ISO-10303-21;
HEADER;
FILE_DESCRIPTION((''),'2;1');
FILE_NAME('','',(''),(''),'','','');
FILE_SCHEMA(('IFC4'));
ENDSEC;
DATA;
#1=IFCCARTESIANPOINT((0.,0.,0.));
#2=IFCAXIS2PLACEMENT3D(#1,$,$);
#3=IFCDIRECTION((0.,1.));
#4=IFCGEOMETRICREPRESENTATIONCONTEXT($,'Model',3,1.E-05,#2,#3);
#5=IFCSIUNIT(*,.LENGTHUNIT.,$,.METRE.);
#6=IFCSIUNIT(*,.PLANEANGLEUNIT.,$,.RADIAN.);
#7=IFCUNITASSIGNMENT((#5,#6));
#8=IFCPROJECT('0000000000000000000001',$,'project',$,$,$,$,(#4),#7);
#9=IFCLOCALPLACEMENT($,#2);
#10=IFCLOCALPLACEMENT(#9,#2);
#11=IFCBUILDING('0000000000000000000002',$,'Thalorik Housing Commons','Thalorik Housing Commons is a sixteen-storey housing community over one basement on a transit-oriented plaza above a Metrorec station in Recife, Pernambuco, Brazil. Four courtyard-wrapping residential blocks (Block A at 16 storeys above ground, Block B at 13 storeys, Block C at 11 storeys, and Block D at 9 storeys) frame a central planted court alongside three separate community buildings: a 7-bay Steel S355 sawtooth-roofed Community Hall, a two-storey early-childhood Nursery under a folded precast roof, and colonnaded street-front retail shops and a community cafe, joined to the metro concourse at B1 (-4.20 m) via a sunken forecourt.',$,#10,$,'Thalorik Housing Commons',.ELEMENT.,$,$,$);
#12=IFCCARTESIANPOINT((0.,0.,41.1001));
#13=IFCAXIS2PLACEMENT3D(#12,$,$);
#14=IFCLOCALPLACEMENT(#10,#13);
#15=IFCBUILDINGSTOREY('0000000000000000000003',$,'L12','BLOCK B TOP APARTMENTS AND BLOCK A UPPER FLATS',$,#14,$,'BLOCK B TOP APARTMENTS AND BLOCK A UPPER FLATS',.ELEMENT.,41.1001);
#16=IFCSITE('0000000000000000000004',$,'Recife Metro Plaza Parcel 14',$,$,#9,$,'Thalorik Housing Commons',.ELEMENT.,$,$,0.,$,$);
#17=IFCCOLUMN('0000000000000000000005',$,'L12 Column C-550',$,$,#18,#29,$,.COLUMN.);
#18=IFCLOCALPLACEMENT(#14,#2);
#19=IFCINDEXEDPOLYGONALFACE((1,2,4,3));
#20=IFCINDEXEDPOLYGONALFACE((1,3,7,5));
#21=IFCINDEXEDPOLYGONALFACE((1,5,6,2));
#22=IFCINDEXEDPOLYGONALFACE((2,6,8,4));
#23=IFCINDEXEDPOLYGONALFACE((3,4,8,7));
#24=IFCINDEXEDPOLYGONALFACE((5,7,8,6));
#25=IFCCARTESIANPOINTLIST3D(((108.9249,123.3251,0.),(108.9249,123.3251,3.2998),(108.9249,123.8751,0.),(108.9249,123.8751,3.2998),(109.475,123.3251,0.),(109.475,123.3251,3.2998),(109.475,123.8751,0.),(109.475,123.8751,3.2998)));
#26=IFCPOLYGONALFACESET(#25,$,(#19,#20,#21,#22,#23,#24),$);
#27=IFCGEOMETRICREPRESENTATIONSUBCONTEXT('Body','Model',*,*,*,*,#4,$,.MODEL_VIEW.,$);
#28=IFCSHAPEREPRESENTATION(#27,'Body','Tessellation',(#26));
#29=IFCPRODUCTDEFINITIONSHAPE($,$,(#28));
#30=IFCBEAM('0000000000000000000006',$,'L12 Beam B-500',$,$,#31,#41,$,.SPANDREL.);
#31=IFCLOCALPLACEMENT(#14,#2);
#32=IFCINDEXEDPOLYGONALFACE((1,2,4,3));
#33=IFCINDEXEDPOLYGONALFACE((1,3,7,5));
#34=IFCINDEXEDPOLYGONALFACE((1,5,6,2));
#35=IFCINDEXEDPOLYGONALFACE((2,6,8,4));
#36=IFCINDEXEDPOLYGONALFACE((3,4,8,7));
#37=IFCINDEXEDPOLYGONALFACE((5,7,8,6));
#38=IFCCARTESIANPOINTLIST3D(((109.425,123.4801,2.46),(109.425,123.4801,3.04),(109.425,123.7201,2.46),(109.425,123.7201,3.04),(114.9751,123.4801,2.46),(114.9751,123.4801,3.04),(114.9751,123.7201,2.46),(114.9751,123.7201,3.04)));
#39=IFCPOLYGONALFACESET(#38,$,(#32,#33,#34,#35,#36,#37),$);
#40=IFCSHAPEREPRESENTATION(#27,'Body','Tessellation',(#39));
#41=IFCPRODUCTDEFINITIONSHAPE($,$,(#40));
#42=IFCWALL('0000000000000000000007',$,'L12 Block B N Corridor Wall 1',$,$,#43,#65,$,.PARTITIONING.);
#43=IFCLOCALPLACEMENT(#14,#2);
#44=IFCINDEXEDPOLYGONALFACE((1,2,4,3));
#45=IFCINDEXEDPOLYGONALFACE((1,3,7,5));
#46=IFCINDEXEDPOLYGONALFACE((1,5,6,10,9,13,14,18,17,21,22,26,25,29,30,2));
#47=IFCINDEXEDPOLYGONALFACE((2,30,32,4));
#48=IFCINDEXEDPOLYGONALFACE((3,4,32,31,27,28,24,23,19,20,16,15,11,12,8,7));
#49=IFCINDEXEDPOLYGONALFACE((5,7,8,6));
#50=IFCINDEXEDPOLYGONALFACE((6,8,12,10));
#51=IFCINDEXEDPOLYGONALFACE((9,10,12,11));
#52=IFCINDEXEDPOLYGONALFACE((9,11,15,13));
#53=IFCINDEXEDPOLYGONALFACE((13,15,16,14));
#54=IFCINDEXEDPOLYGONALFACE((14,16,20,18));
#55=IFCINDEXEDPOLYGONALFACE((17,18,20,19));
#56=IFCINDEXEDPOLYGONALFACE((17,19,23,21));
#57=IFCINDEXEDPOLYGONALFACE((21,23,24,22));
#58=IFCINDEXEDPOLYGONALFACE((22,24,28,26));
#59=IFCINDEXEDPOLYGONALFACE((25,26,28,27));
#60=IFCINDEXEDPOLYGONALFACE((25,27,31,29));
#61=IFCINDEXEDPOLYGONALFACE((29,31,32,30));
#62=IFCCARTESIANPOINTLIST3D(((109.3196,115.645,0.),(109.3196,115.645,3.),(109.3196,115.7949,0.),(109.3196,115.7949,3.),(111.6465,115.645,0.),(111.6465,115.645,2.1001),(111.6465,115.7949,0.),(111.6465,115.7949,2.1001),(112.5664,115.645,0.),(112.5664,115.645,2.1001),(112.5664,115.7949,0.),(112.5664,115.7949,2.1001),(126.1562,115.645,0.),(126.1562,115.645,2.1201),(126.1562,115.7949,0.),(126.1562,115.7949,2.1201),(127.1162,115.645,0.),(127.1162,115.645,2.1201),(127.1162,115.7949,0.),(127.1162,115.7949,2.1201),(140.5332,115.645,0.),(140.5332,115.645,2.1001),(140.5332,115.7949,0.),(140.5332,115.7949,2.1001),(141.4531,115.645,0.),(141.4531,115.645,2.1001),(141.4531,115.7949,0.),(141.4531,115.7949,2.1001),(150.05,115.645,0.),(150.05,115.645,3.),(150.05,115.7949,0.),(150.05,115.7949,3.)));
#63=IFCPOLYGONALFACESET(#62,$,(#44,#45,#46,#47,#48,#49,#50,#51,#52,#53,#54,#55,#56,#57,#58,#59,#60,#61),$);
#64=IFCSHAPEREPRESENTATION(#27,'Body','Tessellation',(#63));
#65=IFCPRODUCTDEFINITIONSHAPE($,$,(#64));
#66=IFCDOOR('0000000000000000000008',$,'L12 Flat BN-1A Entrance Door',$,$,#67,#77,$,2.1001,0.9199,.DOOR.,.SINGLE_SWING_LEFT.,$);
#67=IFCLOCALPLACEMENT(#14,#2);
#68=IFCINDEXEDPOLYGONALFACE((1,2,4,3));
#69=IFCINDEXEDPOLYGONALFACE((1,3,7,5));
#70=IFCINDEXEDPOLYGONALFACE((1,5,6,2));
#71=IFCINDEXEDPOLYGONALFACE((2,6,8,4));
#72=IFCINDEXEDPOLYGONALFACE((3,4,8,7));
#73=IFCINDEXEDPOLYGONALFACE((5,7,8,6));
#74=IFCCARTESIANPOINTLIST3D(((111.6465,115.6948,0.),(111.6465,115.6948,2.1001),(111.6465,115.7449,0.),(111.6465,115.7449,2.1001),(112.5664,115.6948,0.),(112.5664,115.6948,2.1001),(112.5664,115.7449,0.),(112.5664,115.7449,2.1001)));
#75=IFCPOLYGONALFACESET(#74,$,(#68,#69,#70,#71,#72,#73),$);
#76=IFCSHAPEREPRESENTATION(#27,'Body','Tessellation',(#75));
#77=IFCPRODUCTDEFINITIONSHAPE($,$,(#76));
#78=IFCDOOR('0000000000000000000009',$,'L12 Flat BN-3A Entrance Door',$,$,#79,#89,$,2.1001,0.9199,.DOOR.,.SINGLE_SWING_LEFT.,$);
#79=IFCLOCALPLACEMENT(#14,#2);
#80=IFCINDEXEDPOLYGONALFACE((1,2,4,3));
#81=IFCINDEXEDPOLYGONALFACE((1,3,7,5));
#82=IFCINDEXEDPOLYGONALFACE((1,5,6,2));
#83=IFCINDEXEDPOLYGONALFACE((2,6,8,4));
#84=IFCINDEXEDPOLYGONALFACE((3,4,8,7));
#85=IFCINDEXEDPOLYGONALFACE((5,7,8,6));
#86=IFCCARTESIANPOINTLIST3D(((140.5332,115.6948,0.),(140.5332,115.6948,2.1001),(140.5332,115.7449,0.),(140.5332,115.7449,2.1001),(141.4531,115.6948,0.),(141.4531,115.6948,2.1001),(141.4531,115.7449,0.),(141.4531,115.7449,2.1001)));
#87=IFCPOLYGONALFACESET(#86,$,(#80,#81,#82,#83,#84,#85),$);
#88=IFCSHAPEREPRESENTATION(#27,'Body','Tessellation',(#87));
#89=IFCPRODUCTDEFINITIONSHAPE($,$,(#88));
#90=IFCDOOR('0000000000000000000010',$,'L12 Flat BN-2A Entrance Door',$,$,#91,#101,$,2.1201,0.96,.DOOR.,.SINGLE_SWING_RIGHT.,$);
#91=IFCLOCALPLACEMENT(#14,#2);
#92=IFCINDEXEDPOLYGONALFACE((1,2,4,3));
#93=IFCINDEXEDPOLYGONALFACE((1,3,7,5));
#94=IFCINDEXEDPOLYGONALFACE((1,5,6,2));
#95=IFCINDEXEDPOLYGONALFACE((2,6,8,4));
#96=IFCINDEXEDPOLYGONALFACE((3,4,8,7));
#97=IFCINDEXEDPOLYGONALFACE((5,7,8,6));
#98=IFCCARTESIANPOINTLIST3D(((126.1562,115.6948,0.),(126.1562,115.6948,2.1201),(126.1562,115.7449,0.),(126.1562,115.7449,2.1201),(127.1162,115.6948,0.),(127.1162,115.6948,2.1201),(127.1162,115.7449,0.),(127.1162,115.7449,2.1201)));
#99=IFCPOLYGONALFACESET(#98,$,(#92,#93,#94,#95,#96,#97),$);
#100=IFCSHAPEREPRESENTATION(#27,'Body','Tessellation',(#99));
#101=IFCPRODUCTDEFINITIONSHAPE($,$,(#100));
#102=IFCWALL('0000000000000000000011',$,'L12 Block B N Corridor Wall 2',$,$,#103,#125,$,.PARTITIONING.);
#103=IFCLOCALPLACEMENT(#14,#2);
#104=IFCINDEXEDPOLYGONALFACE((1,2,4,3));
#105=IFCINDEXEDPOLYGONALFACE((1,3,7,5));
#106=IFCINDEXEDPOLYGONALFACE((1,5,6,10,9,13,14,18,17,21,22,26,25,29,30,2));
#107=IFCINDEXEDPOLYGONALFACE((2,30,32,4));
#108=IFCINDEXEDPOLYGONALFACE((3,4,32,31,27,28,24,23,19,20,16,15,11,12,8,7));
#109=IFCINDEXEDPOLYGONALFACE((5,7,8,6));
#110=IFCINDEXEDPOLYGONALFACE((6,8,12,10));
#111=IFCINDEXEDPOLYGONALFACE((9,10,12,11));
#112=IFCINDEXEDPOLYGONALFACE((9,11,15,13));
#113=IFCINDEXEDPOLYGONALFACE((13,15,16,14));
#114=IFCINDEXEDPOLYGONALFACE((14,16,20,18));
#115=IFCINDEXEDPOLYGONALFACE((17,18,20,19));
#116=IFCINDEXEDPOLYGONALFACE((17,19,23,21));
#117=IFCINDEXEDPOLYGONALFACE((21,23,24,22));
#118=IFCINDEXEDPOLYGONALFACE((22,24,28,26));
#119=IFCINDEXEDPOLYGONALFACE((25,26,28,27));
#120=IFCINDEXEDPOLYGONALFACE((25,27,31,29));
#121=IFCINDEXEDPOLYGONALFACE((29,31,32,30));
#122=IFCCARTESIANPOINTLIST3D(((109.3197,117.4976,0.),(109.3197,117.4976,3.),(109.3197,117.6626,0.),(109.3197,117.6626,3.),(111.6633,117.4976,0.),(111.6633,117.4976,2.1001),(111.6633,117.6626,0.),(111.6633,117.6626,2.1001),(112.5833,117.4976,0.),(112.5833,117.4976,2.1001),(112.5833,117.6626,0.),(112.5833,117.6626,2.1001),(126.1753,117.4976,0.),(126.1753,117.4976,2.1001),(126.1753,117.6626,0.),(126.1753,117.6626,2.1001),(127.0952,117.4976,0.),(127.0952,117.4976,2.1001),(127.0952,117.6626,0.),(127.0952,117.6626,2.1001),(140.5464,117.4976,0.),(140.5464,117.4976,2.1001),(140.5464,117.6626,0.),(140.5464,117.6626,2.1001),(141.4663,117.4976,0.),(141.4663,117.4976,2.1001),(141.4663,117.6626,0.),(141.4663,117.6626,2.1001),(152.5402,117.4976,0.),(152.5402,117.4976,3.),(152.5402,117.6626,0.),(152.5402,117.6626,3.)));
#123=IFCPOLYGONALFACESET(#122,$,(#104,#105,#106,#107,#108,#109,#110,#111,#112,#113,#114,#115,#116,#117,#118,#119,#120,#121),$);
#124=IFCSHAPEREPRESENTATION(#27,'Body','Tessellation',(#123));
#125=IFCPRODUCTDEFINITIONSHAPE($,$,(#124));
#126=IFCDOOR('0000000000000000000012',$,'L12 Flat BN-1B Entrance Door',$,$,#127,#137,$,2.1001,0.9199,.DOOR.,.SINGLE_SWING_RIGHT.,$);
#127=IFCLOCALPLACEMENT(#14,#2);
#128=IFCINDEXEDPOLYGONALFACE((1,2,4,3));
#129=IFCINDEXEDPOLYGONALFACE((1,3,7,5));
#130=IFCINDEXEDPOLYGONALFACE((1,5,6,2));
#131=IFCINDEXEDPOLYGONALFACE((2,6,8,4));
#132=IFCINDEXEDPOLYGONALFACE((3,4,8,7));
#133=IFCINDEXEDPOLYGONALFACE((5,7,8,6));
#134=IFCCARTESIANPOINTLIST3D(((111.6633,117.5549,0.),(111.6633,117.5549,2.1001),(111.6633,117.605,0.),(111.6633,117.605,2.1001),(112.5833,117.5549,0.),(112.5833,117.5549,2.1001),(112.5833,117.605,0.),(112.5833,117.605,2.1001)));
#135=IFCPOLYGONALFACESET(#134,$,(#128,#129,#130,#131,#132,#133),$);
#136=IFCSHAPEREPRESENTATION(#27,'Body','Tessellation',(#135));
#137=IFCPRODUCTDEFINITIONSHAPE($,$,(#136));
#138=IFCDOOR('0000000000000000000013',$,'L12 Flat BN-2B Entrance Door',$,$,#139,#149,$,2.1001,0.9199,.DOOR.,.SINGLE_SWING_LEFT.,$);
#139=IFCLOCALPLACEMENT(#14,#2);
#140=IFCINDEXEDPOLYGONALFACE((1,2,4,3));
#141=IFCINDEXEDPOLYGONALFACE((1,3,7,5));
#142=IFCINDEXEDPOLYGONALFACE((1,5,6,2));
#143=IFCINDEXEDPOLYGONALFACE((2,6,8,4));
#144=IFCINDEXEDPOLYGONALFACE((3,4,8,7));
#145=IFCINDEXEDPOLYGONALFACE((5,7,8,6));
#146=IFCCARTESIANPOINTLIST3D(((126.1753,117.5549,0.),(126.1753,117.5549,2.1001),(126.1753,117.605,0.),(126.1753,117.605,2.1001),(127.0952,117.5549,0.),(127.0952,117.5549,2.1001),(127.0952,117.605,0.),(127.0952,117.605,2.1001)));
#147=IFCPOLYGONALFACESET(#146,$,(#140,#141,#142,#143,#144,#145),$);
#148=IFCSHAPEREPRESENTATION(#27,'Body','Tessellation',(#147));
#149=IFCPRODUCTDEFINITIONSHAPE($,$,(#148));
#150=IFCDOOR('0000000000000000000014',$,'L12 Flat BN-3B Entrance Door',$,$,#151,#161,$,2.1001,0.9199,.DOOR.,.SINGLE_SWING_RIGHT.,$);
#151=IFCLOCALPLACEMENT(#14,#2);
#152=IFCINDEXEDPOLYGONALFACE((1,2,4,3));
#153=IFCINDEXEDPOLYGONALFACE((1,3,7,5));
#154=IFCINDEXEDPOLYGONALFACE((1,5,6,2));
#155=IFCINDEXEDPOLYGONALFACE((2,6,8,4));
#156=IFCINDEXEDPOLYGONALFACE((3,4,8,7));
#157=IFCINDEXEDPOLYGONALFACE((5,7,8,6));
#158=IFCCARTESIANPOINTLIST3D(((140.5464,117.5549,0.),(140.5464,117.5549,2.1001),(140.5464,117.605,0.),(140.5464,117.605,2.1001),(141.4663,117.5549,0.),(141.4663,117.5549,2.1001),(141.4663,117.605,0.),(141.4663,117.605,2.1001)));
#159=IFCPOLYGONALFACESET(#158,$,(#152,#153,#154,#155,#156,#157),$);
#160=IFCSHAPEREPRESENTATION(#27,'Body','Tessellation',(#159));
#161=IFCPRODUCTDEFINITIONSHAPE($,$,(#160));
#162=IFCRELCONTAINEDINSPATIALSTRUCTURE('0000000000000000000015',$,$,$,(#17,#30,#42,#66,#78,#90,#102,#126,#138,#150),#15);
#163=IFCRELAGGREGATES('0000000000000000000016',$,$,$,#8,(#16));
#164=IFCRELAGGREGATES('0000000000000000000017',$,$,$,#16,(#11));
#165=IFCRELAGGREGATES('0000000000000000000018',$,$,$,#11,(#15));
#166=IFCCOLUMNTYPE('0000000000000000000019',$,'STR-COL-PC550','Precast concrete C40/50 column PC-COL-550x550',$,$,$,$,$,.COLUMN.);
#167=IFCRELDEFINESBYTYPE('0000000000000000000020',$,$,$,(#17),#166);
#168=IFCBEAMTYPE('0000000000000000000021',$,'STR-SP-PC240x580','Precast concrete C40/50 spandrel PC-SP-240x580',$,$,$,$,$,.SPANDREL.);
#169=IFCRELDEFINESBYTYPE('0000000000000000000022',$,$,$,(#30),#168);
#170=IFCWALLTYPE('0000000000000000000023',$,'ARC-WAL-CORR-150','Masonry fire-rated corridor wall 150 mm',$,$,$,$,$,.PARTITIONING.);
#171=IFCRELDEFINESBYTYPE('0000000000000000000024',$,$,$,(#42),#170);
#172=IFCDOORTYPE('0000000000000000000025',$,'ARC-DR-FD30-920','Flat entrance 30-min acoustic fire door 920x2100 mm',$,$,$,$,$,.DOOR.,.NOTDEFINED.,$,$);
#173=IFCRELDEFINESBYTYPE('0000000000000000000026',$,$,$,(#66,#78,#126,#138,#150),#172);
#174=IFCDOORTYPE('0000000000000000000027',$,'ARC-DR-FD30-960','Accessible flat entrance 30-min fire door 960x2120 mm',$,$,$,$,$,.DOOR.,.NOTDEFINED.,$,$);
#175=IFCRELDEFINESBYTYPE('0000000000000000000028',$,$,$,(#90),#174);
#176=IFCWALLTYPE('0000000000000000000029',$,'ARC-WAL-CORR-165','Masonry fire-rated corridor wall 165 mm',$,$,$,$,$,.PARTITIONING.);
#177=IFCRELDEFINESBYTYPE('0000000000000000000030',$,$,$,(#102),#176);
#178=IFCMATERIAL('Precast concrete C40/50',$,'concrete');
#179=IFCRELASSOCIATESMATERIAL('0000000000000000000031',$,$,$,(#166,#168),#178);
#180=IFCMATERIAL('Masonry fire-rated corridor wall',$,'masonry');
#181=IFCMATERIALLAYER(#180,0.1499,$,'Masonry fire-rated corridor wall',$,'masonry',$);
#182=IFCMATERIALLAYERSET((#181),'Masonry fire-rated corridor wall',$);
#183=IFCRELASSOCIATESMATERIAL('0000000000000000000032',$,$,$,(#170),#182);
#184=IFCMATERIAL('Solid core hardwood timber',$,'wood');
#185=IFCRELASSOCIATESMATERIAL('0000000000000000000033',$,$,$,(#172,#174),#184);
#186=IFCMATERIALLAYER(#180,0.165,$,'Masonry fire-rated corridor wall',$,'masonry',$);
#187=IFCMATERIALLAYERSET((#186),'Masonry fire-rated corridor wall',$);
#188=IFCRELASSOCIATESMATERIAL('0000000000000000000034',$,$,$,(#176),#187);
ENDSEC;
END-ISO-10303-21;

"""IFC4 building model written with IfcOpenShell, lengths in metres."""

from ifc_helpers import new_model, si_unit, direction, frame, frame_2d, origin, origin_2d, place, context, subcontext, project, spatial, rectangle, extrude, material, layer, layer_set, material_profile, profile_set, type_object, element, fill, save


model = new_model("IFC4")

# Units and contexts
model_context = context("Model", 3, precision=1e-05, world=origin(), true_north=direction((0.0, 1.0)))
body_context = subcontext(model_context, "Body", "Model", "MODEL_VIEW")
ifc_project = project(units=[si_unit("LENGTHUNIT", "METRE"), si_unit("PLANEANGLEUNIT", "RADIAN")], contexts=[model_context])

# Site, building, storey
site_placement = place(None, origin())
site = spatial("IfcSite", under=ifc_project, at=site_placement, Name="Recife Metro Plaza Parcel 14", LongName="Thalorik Housing Commons", CompositionType="ELEMENT", RefElevation=0.0)
building_placement = place(site_placement, origin())
building = spatial("IfcBuilding", under=site, at=building_placement, Name="Thalorik Housing Commons", Description="Thalorik Housing Commons is a sixteen-storey housing community over one basement on a transit-oriented plaza above a Metrorec station in Recife, Pernambuco, Brazil. Four courtyard-wrapping residential blocks (Block A at 16 storeys above ground, Block B at 13 storeys, Block C at 11 storeys, and Block D at 9 storeys) frame a central planted court alongside three separate community buildings: a 7-bay Steel S355 sawtooth-roofed Community Hall, a two-storey early-childhood Nursery under a folded precast roof, and colonnaded street-front retail shops and a community cafe, joined to the metro concourse at B1 (-4.20 m) via a sunken forecourt.", LongName="Thalorik Housing Commons", CompositionType="ELEMENT")
storey_placement = place(building_placement, frame((0.0, 0.0, 41.1001)))
storey = spatial("IfcBuildingStorey", under=building, at=storey_placement, Name="L12", Description="BLOCK B TOP APARTMENTS AND BLOCK A UPPER FLATS", LongName="BLOCK B TOP APARTMENTS AND BLOCK A UPPER FLATS", CompositionType="ELEMENT", Elevation=41.1001)

# Column
ifc_material_1 = material(Name="Precast concrete C40/50", Category="concrete")
ifc_material_profile_1 = material_profile(ifc_material_1, rectangle(XDim=0.55, YDim=0.55, at=origin_2d()), Name="PC 550x550", Category="concrete")
ifc_profile_set_1 = profile_set([ifc_material_profile_1], Name="Precast concrete C40/50")
column_type = type_object("IfcColumnType", Name="STR-COL-PC550", Description="Precast concrete C40/50 column PC-COL-550x550", PredefinedType="COLUMN", material=ifc_profile_set_1)
column_placement = place(storey_placement, frame((109.2, 123.6001, 0.0), z_axis=(0.0, 0.0, 1.0), x_axis=(1.0, 0.0, 0.0)))
element("IfcColumn", 1, at=column_placement, inside=storey, type_object=column_type, Name="L12 Column C-550", PredefinedType="COLUMN", context=body_context, shape_type="SweptSolid", body=[
    extrude(rectangle(XDim=0.55, YDim=0.55, at=origin_2d()), origin(), (0.0, 0.0, 1.0), 3.2998),
])

# Beam
ifc_material_profile_2 = material_profile(ifc_material_1, rectangle(XDim=0.24, YDim=0.5801, at=origin_2d()), Name="PC SP 240x580", Category="concrete")
ifc_profile_set_2 = profile_set([ifc_material_profile_2], Name="Precast concrete C40/50")
beam_type = type_object("IfcBeamType", Name="STR-SP-PC240x580", Description="Precast concrete C40/50 spandrel PC-SP-240x580", PredefinedType="SPANDREL", material=ifc_profile_set_2)
beam_placement = place(storey_placement, frame((109.425, 123.6001, 2.75), z_axis=(1.0, 0.0, 0.0), x_axis=(0.0, 1.0, 0.0)))
element("IfcBeam", 2, at=beam_placement, inside=storey, type_object=beam_type, Name="L12 Beam B-500", PredefinedType="SPANDREL", context=body_context, shape_type="SweptSolid", body=[
    extrude(rectangle(XDim=0.24, YDim=0.5801, at=origin_2d()), origin(), (0.0, 0.0, 1.0), 5.55),
])

# Walls, openings, doors
ifc_material_2 = material(Name="Masonry fire-rated corridor wall", Category="masonry")
ifc_layer_1 = layer(ifc_material_2, 0.1499, Name="Masonry fire-rated corridor wall", Category="masonry")
ifc_layer_set_1 = layer_set([ifc_layer_1], Name="Masonry fire-rated corridor wall")
wall_type_1 = type_object("IfcWallType", Name="ARC-WAL-CORR-150", Description="Masonry fire-rated corridor wall 150 mm", PredefinedType="PARTITIONING", material=ifc_layer_set_1)
wall_1_placement = place(storey_placement, frame((109.3196, 115.72, 0.0), z_axis=(0.0, 0.0, 1.0), x_axis=(1.0, 0.0, 0.0)))
wall_1 = element("IfcWall", 3, at=wall_1_placement, inside=storey, type_object=wall_type_1, Name="L12 Block B N Corridor Wall 1", PredefinedType="PARTITIONING", context=body_context, shape_type="SweptSolid", body=[
    extrude(rectangle(XDim=40.7305, YDim=0.1499, at=frame_2d((20.3652, 0.0))), origin(), (0.0, 0.0, 1.0), 3.0),
])
opening_1_placement = place(wall_1_placement, frame((2.3269, 0.0, 0.0)))
opening_1 = element("IfcOpeningElement", 4, at=opening_1_placement, cuts=wall_1, PredefinedType="OPENING", context=body_context, shape_type="SweptSolid", body=[
    extrude(rectangle(XDim=0.9199, YDim=2.1001, at=frame_2d((0.46, 1.05))), frame((0.0, 0.085, 0.0), z_axis=(0.0, -1.0, 0.0), x_axis=(1.0, 0.0, 0.0)), (0.0, 0.0, 1.0), 0.1699),
])
opening_2_placement = place(wall_1_placement, frame((16.8367, 0.0, 0.0)))
opening_2 = element("IfcOpeningElement", 5, at=opening_2_placement, cuts=wall_1, PredefinedType="OPENING", context=body_context, shape_type="SweptSolid", body=[
    extrude(rectangle(XDim=0.96, YDim=2.1201, at=frame_2d((0.48, 1.0601))), frame((0.0, 0.085, 0.0), z_axis=(0.0, -1.0, 0.0), x_axis=(1.0, 0.0, 0.0)), (0.0, 0.0, 1.0), 0.1699),
])
opening_3_placement = place(wall_1_placement, frame((31.2136, 0.0, 0.0)))
opening_3 = element("IfcOpeningElement", 6, at=opening_3_placement, cuts=wall_1, PredefinedType="OPENING", context=body_context, shape_type="SweptSolid", body=[
    extrude(rectangle(XDim=0.9199, YDim=2.1001, at=frame_2d((0.46, 1.05))), frame((0.0, 0.085, 0.0), z_axis=(0.0, -1.0, 0.0), x_axis=(1.0, 0.0, 0.0)), (0.0, 0.0, 1.0), 0.1699),
])
ifc_material_3 = material(Name="Solid core hardwood timber", Category="wood")
door_type_1 = type_object("IfcDoorType", Name="ARC-DR-FD30-920", Description="Flat entrance 30-min acoustic fire door 920x2100 mm", OperationType="NOTDEFINED", PredefinedType="DOOR", material=ifc_material_3)
door_1_placement = place(opening_1_placement, origin())
door_1 = element("IfcDoor", 7, at=door_1_placement, inside=storey, type_object=door_type_1, Name="L12 Flat BN-1A Entrance Door", OperationType="SINGLE_SWING_LEFT", OverallHeight=2.1001, OverallWidth=0.9199, PredefinedType="DOOR", context=body_context, shape_type="SweptSolid", body=[
    extrude(rectangle(XDim=0.9199, YDim=2.1001, at=frame_2d((0.46, 1.05))), frame((0.0, 0.0249, 0.0), z_axis=(0.0, -1.0, 0.0), x_axis=(1.0, 0.0, 0.0)), (0.0, 0.0, 1.0), 0.05),
])
fill(opening_1, door_1)
door_2_placement = place(opening_3_placement, origin())
door_2 = element("IfcDoor", 8, at=door_2_placement, inside=storey, type_object=door_type_1, Name="L12 Flat BN-3A Entrance Door", OperationType="SINGLE_SWING_LEFT", OverallHeight=2.1001, OverallWidth=0.9199, PredefinedType="DOOR", context=body_context, shape_type="SweptSolid", body=[
    extrude(rectangle(XDim=0.9199, YDim=2.1001, at=frame_2d((0.46, 1.05))), frame((0.0, 0.0249, 0.0), z_axis=(0.0, -1.0, 0.0), x_axis=(1.0, 0.0, 0.0)), (0.0, 0.0, 1.0), 0.05),
])
fill(opening_3, door_2)
door_type_2 = type_object("IfcDoorType", Name="ARC-DR-FD30-960", Description="Accessible flat entrance 30-min fire door 960x2120 mm", OperationType="NOTDEFINED", PredefinedType="DOOR", material=ifc_material_3)
door_3_placement = place(opening_2_placement, origin())
door_3 = element("IfcDoor", 9, at=door_3_placement, inside=storey, type_object=door_type_2, Name="L12 Flat BN-2A Entrance Door", OperationType="SINGLE_SWING_RIGHT", OverallHeight=2.1201, OverallWidth=0.96, PredefinedType="DOOR", context=body_context, shape_type="SweptSolid", body=[
    extrude(rectangle(XDim=0.96, YDim=2.1201, at=frame_2d((0.48, 1.0601))), frame((0.0, 0.0249, 0.0), z_axis=(0.0, -1.0, 0.0), x_axis=(1.0, 0.0, 0.0)), (0.0, 0.0, 1.0), 0.05),
])
fill(opening_2, door_3)
ifc_layer_2 = layer(ifc_material_2, 0.165, Name="Masonry fire-rated corridor wall", Category="masonry")
ifc_layer_set_2 = layer_set([ifc_layer_2], Name="Masonry fire-rated corridor wall")
wall_type_2 = type_object("IfcWallType", Name="ARC-WAL-CORR-165", Description="Masonry fire-rated corridor wall 165 mm", PredefinedType="PARTITIONING", material=ifc_layer_set_2)
wall_2_placement = place(storey_placement, frame((109.3196, 117.5801, 0.0), z_axis=(0.0, 0.0, 1.0), x_axis=(1.0, 0.0, 0.0)))
wall_2 = element("IfcWall", 10, at=wall_2_placement, inside=storey, type_object=wall_type_2, Name="L12 Block B N Corridor Wall 2", PredefinedType="PARTITIONING", context=body_context, shape_type="SweptSolid", body=[
    extrude(rectangle(XDim=43.2205, YDim=0.165, at=frame_2d((21.6104, 0.0))), origin(), (0.0, 0.0, 1.0), 3.0),
])
opening_4_placement = place(wall_2_placement, frame((2.3438, 0.0, 0.0)))
opening_4 = element("IfcOpeningElement", 11, at=opening_4_placement, cuts=wall_2, PredefinedType="OPENING", context=body_context, shape_type="SweptSolid", body=[
    extrude(rectangle(XDim=0.9199, YDim=2.1001, at=frame_2d((0.46, 1.05))), frame((0.0, 0.0925, 0.0), z_axis=(0.0, -1.0, 0.0), x_axis=(1.0, 0.0, 0.0)), (0.0, 0.0, 1.0), 0.1851),
])
opening_5_placement = place(wall_2_placement, frame((16.8557, 0.0, 0.0)))
opening_5 = element("IfcOpeningElement", 12, at=opening_5_placement, cuts=wall_2, PredefinedType="OPENING", context=body_context, shape_type="SweptSolid", body=[
    extrude(rectangle(XDim=0.9199, YDim=2.1001, at=frame_2d((0.46, 1.05))), frame((0.0, 0.0925, 0.0), z_axis=(0.0, -1.0, 0.0), x_axis=(1.0, 0.0, 0.0)), (0.0, 0.0, 1.0), 0.1851),
])
opening_6_placement = place(wall_2_placement, frame((31.2268, 0.0, 0.0)))
opening_6 = element("IfcOpeningElement", 13, at=opening_6_placement, cuts=wall_2, PredefinedType="OPENING", context=body_context, shape_type="SweptSolid", body=[
    extrude(rectangle(XDim=0.9199, YDim=2.1001, at=frame_2d((0.46, 1.05))), frame((0.0, 0.0925, 0.0), z_axis=(0.0, -1.0, 0.0), x_axis=(1.0, 0.0, 0.0)), (0.0, 0.0, 1.0), 0.1851),
])
door_4_placement = place(opening_4_placement, origin())
door_4 = element("IfcDoor", 14, at=door_4_placement, inside=storey, type_object=door_type_1, Name="L12 Flat BN-1B Entrance Door", OperationType="SINGLE_SWING_RIGHT", OverallHeight=2.1001, OverallWidth=0.9199, PredefinedType="DOOR", context=body_context, shape_type="SweptSolid", body=[
    extrude(rectangle(XDim=0.9199, YDim=2.1001, at=frame_2d((0.46, 1.05))), frame((0.0, 0.0249, 0.0), z_axis=(0.0, -1.0, 0.0), x_axis=(1.0, 0.0, 0.0)), (0.0, 0.0, 1.0), 0.05),
])
fill(opening_4, door_4)
door_5_placement = place(opening_5_placement, origin())
door_5 = element("IfcDoor", 15, at=door_5_placement, inside=storey, type_object=door_type_1, Name="L12 Flat BN-2B Entrance Door", OperationType="SINGLE_SWING_LEFT", OverallHeight=2.1001, OverallWidth=0.9199, PredefinedType="DOOR", context=body_context, shape_type="SweptSolid", body=[
    extrude(rectangle(XDim=0.9199, YDim=2.1001, at=frame_2d((0.46, 1.05))), frame((0.0, 0.0249, 0.0), z_axis=(0.0, -1.0, 0.0), x_axis=(1.0, 0.0, 0.0)), (0.0, 0.0, 1.0), 0.05),
])
fill(opening_5, door_5)
door_6_placement = place(opening_6_placement, origin())
door_6 = element("IfcDoor", 16, at=door_6_placement, inside=storey, type_object=door_type_1, Name="L12 Flat BN-3B Entrance Door", OperationType="SINGLE_SWING_RIGHT", OverallHeight=2.1001, OverallWidth=0.9199, PredefinedType="DOOR", context=body_context, shape_type="SweptSolid", body=[
    extrude(rectangle(XDim=0.9199, YDim=2.1001, at=frame_2d((0.46, 1.05))), frame((0.0, 0.0249, 0.0), z_axis=(0.0, -1.0, 0.0), x_axis=(1.0, 0.0, 0.0)), (0.0, 0.0, 1.0), 0.05),
])
fill(opening_6, door_6)

save(model, "model.ifc")
